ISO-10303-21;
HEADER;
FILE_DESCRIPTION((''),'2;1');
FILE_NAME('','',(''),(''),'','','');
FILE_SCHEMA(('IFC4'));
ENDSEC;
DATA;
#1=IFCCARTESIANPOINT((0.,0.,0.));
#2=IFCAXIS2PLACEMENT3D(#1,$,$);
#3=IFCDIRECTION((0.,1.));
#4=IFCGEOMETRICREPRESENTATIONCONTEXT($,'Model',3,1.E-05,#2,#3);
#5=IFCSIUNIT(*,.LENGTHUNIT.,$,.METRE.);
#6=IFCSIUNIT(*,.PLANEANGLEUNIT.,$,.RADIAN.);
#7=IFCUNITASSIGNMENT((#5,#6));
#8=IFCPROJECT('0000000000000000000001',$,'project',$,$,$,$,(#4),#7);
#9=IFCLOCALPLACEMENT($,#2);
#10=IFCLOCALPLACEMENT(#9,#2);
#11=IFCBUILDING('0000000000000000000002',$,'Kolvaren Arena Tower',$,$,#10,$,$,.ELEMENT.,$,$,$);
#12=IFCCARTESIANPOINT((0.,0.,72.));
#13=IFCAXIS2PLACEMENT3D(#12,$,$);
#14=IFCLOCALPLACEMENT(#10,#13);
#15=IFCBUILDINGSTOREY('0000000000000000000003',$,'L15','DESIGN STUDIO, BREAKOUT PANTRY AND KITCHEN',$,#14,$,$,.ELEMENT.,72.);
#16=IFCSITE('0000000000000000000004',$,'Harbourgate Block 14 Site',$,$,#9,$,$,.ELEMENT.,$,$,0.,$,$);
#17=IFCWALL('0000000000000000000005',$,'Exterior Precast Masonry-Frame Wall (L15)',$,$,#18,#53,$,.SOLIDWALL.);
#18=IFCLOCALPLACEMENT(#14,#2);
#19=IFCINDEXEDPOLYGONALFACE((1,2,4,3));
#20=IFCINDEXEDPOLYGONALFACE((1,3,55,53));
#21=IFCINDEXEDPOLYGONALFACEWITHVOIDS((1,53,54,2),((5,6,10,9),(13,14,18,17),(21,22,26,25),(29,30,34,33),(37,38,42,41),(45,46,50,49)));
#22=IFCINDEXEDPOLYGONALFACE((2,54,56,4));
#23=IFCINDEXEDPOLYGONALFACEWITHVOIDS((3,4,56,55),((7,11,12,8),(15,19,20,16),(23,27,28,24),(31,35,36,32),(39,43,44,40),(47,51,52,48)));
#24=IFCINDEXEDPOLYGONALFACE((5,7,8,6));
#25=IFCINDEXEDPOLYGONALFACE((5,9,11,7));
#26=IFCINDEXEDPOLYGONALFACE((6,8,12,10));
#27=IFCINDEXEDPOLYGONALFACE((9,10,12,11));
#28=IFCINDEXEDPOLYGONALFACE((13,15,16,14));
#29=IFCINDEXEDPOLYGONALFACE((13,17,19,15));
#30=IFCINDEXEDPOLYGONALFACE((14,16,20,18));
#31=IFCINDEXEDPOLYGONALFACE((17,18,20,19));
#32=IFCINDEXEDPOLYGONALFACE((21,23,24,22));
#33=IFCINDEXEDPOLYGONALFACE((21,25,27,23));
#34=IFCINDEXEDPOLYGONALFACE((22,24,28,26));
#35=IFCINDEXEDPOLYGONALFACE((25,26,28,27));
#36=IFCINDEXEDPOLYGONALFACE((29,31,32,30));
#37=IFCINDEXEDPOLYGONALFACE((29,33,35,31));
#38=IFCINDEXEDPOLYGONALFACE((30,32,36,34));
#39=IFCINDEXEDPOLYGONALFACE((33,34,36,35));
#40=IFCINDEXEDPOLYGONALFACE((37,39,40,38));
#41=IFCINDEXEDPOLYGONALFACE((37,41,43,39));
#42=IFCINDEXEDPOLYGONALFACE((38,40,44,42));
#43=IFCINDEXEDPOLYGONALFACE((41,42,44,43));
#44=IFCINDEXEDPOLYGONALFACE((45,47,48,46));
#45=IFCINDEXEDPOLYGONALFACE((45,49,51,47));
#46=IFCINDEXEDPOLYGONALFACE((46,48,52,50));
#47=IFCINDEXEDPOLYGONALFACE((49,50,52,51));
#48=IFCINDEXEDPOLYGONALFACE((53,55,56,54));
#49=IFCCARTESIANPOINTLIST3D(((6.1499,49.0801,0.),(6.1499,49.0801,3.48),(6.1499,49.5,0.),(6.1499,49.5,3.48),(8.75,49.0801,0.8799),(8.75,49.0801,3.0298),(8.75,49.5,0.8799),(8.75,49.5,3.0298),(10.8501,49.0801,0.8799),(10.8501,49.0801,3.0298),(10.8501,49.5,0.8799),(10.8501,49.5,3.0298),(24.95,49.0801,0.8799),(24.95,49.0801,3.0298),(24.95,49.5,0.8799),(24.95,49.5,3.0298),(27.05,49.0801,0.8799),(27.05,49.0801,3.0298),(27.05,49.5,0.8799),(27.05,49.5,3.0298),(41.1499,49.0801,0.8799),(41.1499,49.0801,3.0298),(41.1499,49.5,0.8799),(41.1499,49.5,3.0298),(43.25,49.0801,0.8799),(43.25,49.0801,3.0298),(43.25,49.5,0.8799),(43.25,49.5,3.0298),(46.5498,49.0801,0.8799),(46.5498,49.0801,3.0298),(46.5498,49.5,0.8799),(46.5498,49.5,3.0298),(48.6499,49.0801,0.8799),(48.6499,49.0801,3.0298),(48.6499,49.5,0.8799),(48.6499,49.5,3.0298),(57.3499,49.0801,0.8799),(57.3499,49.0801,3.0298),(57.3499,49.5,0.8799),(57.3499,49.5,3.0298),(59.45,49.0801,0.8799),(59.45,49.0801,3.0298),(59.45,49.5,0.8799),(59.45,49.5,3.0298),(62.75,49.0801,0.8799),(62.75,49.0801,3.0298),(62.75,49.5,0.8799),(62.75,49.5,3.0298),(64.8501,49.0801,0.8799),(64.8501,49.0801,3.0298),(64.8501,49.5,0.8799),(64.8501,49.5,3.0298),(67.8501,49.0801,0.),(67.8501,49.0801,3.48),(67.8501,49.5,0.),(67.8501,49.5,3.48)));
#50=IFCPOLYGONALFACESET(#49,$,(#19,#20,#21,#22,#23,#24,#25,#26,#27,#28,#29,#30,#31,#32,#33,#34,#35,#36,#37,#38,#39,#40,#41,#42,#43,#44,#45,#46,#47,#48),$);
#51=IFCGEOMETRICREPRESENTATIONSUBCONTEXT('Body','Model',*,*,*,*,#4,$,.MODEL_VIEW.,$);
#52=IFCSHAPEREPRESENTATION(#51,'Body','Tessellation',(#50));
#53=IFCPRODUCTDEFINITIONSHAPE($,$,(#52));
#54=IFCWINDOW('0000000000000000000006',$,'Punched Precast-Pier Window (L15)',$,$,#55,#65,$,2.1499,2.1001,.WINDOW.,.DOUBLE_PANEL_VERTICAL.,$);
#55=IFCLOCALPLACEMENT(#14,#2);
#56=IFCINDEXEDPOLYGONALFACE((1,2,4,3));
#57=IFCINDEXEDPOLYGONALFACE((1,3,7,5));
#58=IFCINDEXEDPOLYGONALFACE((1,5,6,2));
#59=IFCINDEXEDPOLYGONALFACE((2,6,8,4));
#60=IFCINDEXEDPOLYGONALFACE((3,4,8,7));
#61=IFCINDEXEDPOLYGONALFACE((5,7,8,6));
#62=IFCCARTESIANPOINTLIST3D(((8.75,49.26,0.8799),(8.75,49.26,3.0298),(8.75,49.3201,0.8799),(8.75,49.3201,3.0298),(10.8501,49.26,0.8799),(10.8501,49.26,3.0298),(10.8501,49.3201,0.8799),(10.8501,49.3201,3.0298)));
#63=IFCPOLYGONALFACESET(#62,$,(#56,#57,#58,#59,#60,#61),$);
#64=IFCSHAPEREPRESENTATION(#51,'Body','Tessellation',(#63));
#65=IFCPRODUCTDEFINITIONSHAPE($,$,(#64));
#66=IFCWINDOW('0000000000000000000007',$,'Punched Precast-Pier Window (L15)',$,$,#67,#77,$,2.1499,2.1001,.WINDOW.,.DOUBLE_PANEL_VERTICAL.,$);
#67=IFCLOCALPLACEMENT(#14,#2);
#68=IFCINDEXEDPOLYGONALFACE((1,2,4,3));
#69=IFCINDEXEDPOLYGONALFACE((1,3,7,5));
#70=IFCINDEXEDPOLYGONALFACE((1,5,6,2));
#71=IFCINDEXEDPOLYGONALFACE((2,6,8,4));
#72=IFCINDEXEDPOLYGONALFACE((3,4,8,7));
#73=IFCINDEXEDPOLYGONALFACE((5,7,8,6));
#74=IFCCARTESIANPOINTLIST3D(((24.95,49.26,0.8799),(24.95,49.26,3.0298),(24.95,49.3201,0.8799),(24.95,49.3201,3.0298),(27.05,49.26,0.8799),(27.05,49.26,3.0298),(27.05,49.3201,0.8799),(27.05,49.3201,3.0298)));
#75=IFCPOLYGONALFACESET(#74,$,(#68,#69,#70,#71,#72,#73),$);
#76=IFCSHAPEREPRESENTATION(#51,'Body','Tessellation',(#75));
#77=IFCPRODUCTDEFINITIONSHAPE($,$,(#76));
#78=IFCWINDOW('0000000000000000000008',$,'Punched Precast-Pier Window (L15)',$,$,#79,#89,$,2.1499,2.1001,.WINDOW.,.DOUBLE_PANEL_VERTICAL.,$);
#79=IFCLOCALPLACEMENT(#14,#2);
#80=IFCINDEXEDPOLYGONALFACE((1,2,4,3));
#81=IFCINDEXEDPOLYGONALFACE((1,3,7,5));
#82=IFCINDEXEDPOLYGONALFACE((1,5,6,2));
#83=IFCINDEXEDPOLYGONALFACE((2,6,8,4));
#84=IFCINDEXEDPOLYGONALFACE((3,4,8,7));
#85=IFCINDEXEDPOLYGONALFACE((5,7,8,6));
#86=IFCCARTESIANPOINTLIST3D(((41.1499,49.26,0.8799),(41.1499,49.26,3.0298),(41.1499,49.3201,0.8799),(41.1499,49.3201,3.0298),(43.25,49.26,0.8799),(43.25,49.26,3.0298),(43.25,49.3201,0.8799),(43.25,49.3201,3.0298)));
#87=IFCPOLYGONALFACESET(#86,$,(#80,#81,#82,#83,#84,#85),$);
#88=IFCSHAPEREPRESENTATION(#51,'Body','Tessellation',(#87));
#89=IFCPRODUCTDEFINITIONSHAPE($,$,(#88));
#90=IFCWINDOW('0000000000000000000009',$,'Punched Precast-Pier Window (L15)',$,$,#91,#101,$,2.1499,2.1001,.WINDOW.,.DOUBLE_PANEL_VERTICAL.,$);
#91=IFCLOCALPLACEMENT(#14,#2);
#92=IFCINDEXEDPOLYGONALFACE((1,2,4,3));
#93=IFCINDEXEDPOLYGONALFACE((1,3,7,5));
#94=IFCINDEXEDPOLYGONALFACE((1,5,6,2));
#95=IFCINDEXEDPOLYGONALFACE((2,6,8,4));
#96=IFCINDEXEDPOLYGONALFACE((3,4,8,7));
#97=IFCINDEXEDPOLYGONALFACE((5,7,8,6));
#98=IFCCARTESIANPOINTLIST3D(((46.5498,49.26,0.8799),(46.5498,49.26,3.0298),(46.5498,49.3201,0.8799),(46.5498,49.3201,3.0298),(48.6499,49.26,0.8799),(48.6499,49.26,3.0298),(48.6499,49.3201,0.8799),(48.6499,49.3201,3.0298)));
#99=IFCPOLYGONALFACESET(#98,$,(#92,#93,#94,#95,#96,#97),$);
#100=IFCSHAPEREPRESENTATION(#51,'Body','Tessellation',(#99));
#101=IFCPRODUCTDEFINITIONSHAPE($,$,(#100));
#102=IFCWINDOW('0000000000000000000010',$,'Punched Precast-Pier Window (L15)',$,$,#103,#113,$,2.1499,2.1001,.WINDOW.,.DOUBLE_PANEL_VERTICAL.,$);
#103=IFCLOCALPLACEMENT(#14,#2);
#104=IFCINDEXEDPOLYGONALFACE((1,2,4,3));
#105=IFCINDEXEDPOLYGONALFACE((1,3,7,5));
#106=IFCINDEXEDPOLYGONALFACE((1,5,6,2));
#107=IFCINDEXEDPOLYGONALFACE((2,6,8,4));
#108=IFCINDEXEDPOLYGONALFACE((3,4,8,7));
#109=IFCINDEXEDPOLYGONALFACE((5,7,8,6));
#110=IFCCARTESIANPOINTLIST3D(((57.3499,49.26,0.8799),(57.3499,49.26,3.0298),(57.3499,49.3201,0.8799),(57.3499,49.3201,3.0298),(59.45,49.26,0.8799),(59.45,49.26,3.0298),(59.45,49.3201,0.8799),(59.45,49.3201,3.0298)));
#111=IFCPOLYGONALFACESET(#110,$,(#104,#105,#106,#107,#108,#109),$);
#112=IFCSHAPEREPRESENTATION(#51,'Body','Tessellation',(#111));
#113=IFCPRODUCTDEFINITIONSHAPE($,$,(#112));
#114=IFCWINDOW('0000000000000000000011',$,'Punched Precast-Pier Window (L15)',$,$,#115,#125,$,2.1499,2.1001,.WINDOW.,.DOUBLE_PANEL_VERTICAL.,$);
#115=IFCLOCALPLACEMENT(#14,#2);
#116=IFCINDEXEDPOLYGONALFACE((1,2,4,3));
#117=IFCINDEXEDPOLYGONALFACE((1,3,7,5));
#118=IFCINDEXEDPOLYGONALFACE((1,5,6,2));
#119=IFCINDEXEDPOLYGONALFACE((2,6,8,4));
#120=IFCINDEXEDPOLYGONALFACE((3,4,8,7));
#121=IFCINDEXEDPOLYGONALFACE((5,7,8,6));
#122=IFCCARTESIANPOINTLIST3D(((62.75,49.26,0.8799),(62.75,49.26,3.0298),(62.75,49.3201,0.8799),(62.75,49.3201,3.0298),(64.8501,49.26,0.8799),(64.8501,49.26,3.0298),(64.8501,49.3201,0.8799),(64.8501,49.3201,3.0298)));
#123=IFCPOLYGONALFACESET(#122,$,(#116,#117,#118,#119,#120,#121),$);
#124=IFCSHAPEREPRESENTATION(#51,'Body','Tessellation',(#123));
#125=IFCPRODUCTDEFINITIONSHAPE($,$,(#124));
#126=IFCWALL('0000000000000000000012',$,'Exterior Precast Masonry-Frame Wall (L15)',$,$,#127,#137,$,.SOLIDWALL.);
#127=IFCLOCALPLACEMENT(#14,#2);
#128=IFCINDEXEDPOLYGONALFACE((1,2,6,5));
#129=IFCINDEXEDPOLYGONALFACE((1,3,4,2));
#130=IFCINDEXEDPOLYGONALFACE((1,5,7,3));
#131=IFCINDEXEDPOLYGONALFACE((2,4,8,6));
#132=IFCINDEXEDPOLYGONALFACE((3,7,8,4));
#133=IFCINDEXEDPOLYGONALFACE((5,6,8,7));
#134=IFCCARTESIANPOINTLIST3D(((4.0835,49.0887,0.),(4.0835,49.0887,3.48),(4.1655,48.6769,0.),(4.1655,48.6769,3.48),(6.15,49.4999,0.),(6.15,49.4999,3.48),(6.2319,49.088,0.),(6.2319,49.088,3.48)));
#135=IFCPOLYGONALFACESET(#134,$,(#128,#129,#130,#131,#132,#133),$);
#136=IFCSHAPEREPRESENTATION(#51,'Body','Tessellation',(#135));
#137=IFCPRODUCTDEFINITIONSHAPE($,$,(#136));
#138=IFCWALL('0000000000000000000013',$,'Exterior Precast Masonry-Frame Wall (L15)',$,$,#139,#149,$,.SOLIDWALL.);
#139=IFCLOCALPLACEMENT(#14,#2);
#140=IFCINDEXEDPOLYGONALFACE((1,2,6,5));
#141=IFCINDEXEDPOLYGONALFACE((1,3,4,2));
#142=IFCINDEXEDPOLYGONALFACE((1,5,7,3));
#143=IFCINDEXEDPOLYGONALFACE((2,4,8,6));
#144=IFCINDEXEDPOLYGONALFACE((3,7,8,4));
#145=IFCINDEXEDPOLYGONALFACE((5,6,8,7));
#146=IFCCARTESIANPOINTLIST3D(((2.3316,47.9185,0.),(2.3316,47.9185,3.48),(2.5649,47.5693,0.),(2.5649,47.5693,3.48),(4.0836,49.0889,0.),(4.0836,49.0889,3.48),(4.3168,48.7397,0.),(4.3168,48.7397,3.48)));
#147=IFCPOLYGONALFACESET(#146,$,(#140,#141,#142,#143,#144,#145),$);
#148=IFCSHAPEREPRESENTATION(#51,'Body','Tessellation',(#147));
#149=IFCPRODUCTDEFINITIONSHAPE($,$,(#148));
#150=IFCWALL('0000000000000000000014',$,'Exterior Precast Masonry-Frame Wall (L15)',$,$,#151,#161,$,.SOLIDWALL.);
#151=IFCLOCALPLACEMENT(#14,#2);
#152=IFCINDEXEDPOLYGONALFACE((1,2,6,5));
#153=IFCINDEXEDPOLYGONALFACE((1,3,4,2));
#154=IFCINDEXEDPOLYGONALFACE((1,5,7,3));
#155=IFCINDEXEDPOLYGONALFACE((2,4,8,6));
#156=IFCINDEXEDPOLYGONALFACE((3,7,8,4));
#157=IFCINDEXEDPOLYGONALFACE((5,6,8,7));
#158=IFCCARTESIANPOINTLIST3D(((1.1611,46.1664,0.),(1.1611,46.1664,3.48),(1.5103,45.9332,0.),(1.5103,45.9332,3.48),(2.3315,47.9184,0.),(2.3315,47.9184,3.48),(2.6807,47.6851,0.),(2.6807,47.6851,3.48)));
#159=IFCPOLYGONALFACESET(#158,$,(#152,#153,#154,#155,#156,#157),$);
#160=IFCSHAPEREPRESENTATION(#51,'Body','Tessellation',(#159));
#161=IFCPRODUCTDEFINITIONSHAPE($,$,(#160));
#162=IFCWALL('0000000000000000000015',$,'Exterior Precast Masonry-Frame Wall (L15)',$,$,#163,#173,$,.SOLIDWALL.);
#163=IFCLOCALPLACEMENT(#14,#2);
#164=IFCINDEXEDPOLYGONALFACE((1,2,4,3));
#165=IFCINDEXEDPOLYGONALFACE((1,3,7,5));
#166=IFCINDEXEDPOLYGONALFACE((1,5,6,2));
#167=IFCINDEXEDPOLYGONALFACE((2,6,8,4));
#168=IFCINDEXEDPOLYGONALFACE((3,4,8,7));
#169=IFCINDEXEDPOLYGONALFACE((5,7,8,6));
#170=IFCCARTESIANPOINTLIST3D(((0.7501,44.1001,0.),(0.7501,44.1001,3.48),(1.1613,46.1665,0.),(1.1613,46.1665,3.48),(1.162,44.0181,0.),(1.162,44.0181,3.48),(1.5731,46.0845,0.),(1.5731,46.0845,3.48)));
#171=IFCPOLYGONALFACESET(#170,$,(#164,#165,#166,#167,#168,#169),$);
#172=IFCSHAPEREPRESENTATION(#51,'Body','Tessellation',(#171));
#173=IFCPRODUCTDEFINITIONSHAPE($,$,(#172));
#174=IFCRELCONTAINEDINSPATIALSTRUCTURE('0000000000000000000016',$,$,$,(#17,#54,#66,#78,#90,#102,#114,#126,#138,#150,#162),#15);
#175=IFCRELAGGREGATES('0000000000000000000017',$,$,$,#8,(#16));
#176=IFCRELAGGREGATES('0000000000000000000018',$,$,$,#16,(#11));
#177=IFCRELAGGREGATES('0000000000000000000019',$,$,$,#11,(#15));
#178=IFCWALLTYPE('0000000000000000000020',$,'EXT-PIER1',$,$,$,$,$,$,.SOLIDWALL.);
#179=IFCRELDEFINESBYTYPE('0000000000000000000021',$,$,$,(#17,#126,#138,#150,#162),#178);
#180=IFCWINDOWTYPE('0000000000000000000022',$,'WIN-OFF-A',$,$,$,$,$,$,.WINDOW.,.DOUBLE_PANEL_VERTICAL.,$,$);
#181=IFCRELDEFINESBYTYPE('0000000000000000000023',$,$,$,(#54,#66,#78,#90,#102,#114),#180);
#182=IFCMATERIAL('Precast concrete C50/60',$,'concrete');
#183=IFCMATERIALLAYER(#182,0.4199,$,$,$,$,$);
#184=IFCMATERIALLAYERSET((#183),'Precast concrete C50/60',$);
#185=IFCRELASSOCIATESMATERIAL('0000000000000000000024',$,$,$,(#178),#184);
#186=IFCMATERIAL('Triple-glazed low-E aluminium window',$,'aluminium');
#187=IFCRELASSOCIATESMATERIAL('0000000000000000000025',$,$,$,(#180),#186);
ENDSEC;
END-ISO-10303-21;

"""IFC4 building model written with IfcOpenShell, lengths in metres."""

from ifc_helpers import new_model, si_unit, direction, frame, frame_2d, origin, place, context, subcontext, project, spatial, rectangle, extrude, material, layer, layer_set, type_object, element, fill, save


model = new_model("IFC4")

# Units and contexts
model_context = context("Model", 3, precision=1e-05, world=origin(), true_north=direction((0.0, 1.0)))
body_context = subcontext(model_context, "Body", "Model", "MODEL_VIEW")
ifc_project = project(units=[si_unit("LENGTHUNIT", "METRE"), si_unit("PLANEANGLEUNIT", "RADIAN")], contexts=[model_context])

# Site, building, storey
site_placement = place(None, origin())
site = spatial("IfcSite", under=ifc_project, at=site_placement, Name="Harbourgate Block 14 Site", CompositionType="ELEMENT", RefElevation=0.0)
building_placement = place(site_placement, origin())
building = spatial("IfcBuilding", under=site, at=building_placement, Name="Kolvaren Arena Tower", CompositionType="ELEMENT")
storey_placement = place(building_placement, frame((0.0, 0.0, 72.0)))
storey = spatial("IfcBuildingStorey", under=building, at=storey_placement, Name="L15", Description="DESIGN STUDIO, BREAKOUT PANTRY AND KITCHEN", CompositionType="ELEMENT", Elevation=72.0)

# Wall, openings, windows
ifc_material_1 = material(Name="Precast concrete C50/60", Category="concrete")
ifc_layer = layer(ifc_material_1, 0.4199)
ifc_layer_set = layer_set([ifc_layer], Name="Precast concrete C50/60")
wall_type = type_object("IfcWallType", Name="EXT-PIER1", PredefinedType="SOLIDWALL", material=ifc_layer_set)
wall_placement = place(storey_placement, frame((6.1499, 49.29, 0.0), z_axis=(0.0, 0.0, 1.0), x_axis=(1.0, 0.0, 0.0)))
wall = element("IfcWall", 1, at=wall_placement, inside=storey, type_object=wall_type, Name="Exterior Precast Masonry-Frame Wall (L15)", PredefinedType="SOLIDWALL", context=body_context, shape_type="SweptSolid", body=[
    extrude(rectangle(XDim=61.7002, YDim=0.4199, at=frame_2d((30.8501, 0.0))), origin(), (0.0, 0.0, 1.0), 3.48),
])
opening_1_placement = place(wall_placement, frame((2.6001, 0.0, 0.8799)))
opening_1 = element("IfcOpeningElement", 2, at=opening_1_placement, cuts=wall, PredefinedType="OPENING", context=body_context, shape_type="SweptSolid", body=[
    extrude(rectangle(XDim=2.1001, YDim=2.1499, at=frame_2d((1.05, 1.075))), frame((0.0, 0.22, 0.0), z_axis=(0.0, -1.0, 0.0), x_axis=(1.0, 0.0, 0.0)), (0.0, 0.0, 1.0), 0.4399),
])
opening_2_placement = place(wall_placement, frame((18.8, 0.0, 0.8799)))
opening_2 = element("IfcOpeningElement", 3, at=opening_2_placement, cuts=wall, PredefinedType="OPENING", context=body_context, shape_type="SweptSolid", body=[
    extrude(rectangle(XDim=2.1001, YDim=2.1499, at=frame_2d((1.05, 1.075))), frame((0.0, 0.22, 0.0), z_axis=(0.0, -1.0, 0.0), x_axis=(1.0, 0.0, 0.0)), (0.0, 0.0, 1.0), 0.4399),
])
opening_3_placement = place(wall_placement, frame((35.0, 0.0, 0.8799)))
opening_3 = element("IfcOpeningElement", 4, at=opening_3_placement, cuts=wall, PredefinedType="OPENING", context=body_context, shape_type="SweptSolid", body=[
    extrude(rectangle(XDim=2.1001, YDim=2.1499, at=frame_2d((1.05, 1.075))), frame((0.0, 0.22, 0.0), z_axis=(0.0, -1.0, 0.0), x_axis=(1.0, 0.0, 0.0)), (0.0, 0.0, 1.0), 0.4399),
])
opening_4_placement = place(wall_placement, frame((40.3999, 0.0, 0.8799)))
opening_4 = element("IfcOpeningElement", 5, at=opening_4_placement, cuts=wall, PredefinedType="OPENING", context=body_context, shape_type="SweptSolid", body=[
    extrude(rectangle(XDim=2.1001, YDim=2.1499, at=frame_2d((1.05, 1.075))), frame((0.0, 0.22, 0.0), z_axis=(0.0, -1.0, 0.0), x_axis=(1.0, 0.0, 0.0)), (0.0, 0.0, 1.0), 0.4399),
])
opening_5_placement = place(wall_placement, frame((51.2, 0.0, 0.8799)))
opening_5 = element("IfcOpeningElement", 6, at=opening_5_placement, cuts=wall, PredefinedType="OPENING", context=body_context, shape_type="SweptSolid", body=[
    extrude(rectangle(XDim=2.1001, YDim=2.1499, at=frame_2d((1.05, 1.075))), frame((0.0, 0.22, 0.0), z_axis=(0.0, -1.0, 0.0), x_axis=(1.0, 0.0, 0.0)), (0.0, 0.0, 1.0), 0.4399),
])
opening_6_placement = place(wall_placement, frame((56.6001, 0.0, 0.8799)))
opening_6 = element("IfcOpeningElement", 7, at=opening_6_placement, cuts=wall, PredefinedType="OPENING", context=body_context, shape_type="SweptSolid", body=[
    extrude(rectangle(XDim=2.1001, YDim=2.1499, at=frame_2d((1.05, 1.075))), frame((0.0, 0.22, 0.0), z_axis=(0.0, -1.0, 0.0), x_axis=(1.0, 0.0, 0.0)), (0.0, 0.0, 1.0), 0.4399),
])
ifc_material_2 = material(Name="Triple-glazed low-E aluminium window", Category="aluminium")
window_type = type_object("IfcWindowType", Name="WIN-OFF-A", PartitioningType="DOUBLE_PANEL_VERTICAL", PredefinedType="WINDOW", material=ifc_material_2)
window_1_placement = place(opening_1_placement, origin())
window_1 = element("IfcWindow", 8, at=window_1_placement, inside=storey, type_object=window_type, Name="Punched Precast-Pier Window (L15)", OverallHeight=2.1499, OverallWidth=2.1001, PartitioningType="DOUBLE_PANEL_VERTICAL", PredefinedType="WINDOW", context=body_context, shape_type="SweptSolid", body=[
    extrude(rectangle(XDim=2.1001, YDim=2.1499, at=frame_2d((1.05, 1.075))), frame((0.0, 0.03, 0.0), z_axis=(0.0, -1.0, 0.0), x_axis=(1.0, 0.0, 0.0)), (0.0, 0.0, 1.0), 0.0601),
])
fill(opening_1, window_1)
window_2_placement = place(opening_2_placement, origin())
window_2 = element("IfcWindow", 9, at=window_2_placement, inside=storey, type_object=window_type, Name="Punched Precast-Pier Window (L15)", OverallHeight=2.1499, OverallWidth=2.1001, PartitioningType="DOUBLE_PANEL_VERTICAL", PredefinedType="WINDOW", context=body_context, shape_type="SweptSolid", body=[
    extrude(rectangle(XDim=2.1001, YDim=2.1499, at=frame_2d((1.05, 1.075))), frame((0.0, 0.03, 0.0), z_axis=(0.0, -1.0, 0.0), x_axis=(1.0, 0.0, 0.0)), (0.0, 0.0, 1.0), 0.0601),
])
fill(opening_2, window_2)
window_3_placement = place(opening_3_placement, origin())
window_3 = element("IfcWindow", 10, at=window_3_placement, inside=storey, type_object=window_type, Name="Punched Precast-Pier Window (L15)", OverallHeight=2.1499, OverallWidth=2.1001, PartitioningType="DOUBLE_PANEL_VERTICAL", PredefinedType="WINDOW", context=body_context, shape_type="SweptSolid", body=[
    extrude(rectangle(XDim=2.1001, YDim=2.1499, at=frame_2d((1.05, 1.075))), frame((0.0, 0.03, 0.0), z_axis=(0.0, -1.0, 0.0), x_axis=(1.0, 0.0, 0.0)), (0.0, 0.0, 1.0), 0.0601),
])
fill(opening_3, window_3)
window_4_placement = place(opening_4_placement, origin())
window_4 = element("IfcWindow", 11, at=window_4_placement, inside=storey, type_object=window_type, Name="Punched Precast-Pier Window (L15)", OverallHeight=2.1499, OverallWidth=2.1001, PartitioningType="DOUBLE_PANEL_VERTICAL", PredefinedType="WINDOW", context=body_context, shape_type="SweptSolid", body=[
    extrude(rectangle(XDim=2.1001, YDim=2.1499, at=frame_2d((1.05, 1.075))), frame((0.0, 0.03, 0.0), z_axis=(0.0, -1.0, 0.0), x_axis=(1.0, 0.0, 0.0)), (0.0, 0.0, 1.0), 0.0601),
])
fill(opening_4, window_4)
window_5_placement = place(opening_5_placement, origin())
window_5 = element("IfcWindow", 12, at=window_5_placement, inside=storey, type_object=window_type, Name="Punched Precast-Pier Window (L15)", OverallHeight=2.1499, OverallWidth=2.1001, PartitioningType="DOUBLE_PANEL_VERTICAL", PredefinedType="WINDOW", context=body_context, shape_type="SweptSolid", body=[
    extrude(rectangle(XDim=2.1001, YDim=2.1499, at=frame_2d((1.05, 1.075))), frame((0.0, 0.03, 0.0), z_axis=(0.0, -1.0, 0.0), x_axis=(1.0, 0.0, 0.0)), (0.0, 0.0, 1.0), 0.0601),
])
fill(opening_5, window_5)
window_6_placement = place(opening_6_placement, origin())
window_6 = element("IfcWindow", 13, at=window_6_placement, inside=storey, type_object=window_type, Name="Punched Precast-Pier Window (L15)", OverallHeight=2.1499, OverallWidth=2.1001, PartitioningType="DOUBLE_PANEL_VERTICAL", PredefinedType="WINDOW", context=body_context, shape_type="SweptSolid", body=[
    extrude(rectangle(XDim=2.1001, YDim=2.1499, at=frame_2d((1.05, 1.075))), frame((0.0, 0.03, 0.0), z_axis=(0.0, -1.0, 0.0), x_axis=(1.0, 0.0, 0.0)), (0.0, 0.0, 1.0), 0.0601),
])
fill(opening_6, window_6)

# Walls
for number, where, z_axis, x_axis, name in (
    (14, (4.1245, 48.8828, 0.0), (0.0, 0.0, 1.0), (0.980776, 0.195136, 0.0), "Exterior Precast Masonry-Frame Wall (L15)"),
    (15, (2.4482, 47.7439, 0.0), (0.0, 0.0, 1.0), (0.831515, 0.555502, 0.0), "Exterior Precast Masonry-Frame Wall (L15)"),
    (16, (1.3357, 46.0498, 0.0), (0.0, 0.0, 1.0), (0.555502, 0.831515, 0.0), "Exterior Precast Masonry-Frame Wall (L15)"),
    (17, (0.9561, 44.0591, 0.0), (0.0, 0.0, 1.0), (0.195136, 0.980776, 0.0), "Exterior Precast Masonry-Frame Wall (L15)"),
):
    element("IfcWall", number, at=place(storey_placement, frame(where, z_axis=z_axis, x_axis=x_axis)), inside=storey, type_object=wall_type, Name=name, PredefinedType="SOLIDWALL", context=body_context, shape_type="SweptSolid", body=[
        extrude(rectangle(XDim=2.1069, YDim=0.4199, at=frame_2d((1.0535, 0.0))), origin(), (0.0, 0.0, 1.0), 3.48),
    ])

save(model, "model.ifc")
